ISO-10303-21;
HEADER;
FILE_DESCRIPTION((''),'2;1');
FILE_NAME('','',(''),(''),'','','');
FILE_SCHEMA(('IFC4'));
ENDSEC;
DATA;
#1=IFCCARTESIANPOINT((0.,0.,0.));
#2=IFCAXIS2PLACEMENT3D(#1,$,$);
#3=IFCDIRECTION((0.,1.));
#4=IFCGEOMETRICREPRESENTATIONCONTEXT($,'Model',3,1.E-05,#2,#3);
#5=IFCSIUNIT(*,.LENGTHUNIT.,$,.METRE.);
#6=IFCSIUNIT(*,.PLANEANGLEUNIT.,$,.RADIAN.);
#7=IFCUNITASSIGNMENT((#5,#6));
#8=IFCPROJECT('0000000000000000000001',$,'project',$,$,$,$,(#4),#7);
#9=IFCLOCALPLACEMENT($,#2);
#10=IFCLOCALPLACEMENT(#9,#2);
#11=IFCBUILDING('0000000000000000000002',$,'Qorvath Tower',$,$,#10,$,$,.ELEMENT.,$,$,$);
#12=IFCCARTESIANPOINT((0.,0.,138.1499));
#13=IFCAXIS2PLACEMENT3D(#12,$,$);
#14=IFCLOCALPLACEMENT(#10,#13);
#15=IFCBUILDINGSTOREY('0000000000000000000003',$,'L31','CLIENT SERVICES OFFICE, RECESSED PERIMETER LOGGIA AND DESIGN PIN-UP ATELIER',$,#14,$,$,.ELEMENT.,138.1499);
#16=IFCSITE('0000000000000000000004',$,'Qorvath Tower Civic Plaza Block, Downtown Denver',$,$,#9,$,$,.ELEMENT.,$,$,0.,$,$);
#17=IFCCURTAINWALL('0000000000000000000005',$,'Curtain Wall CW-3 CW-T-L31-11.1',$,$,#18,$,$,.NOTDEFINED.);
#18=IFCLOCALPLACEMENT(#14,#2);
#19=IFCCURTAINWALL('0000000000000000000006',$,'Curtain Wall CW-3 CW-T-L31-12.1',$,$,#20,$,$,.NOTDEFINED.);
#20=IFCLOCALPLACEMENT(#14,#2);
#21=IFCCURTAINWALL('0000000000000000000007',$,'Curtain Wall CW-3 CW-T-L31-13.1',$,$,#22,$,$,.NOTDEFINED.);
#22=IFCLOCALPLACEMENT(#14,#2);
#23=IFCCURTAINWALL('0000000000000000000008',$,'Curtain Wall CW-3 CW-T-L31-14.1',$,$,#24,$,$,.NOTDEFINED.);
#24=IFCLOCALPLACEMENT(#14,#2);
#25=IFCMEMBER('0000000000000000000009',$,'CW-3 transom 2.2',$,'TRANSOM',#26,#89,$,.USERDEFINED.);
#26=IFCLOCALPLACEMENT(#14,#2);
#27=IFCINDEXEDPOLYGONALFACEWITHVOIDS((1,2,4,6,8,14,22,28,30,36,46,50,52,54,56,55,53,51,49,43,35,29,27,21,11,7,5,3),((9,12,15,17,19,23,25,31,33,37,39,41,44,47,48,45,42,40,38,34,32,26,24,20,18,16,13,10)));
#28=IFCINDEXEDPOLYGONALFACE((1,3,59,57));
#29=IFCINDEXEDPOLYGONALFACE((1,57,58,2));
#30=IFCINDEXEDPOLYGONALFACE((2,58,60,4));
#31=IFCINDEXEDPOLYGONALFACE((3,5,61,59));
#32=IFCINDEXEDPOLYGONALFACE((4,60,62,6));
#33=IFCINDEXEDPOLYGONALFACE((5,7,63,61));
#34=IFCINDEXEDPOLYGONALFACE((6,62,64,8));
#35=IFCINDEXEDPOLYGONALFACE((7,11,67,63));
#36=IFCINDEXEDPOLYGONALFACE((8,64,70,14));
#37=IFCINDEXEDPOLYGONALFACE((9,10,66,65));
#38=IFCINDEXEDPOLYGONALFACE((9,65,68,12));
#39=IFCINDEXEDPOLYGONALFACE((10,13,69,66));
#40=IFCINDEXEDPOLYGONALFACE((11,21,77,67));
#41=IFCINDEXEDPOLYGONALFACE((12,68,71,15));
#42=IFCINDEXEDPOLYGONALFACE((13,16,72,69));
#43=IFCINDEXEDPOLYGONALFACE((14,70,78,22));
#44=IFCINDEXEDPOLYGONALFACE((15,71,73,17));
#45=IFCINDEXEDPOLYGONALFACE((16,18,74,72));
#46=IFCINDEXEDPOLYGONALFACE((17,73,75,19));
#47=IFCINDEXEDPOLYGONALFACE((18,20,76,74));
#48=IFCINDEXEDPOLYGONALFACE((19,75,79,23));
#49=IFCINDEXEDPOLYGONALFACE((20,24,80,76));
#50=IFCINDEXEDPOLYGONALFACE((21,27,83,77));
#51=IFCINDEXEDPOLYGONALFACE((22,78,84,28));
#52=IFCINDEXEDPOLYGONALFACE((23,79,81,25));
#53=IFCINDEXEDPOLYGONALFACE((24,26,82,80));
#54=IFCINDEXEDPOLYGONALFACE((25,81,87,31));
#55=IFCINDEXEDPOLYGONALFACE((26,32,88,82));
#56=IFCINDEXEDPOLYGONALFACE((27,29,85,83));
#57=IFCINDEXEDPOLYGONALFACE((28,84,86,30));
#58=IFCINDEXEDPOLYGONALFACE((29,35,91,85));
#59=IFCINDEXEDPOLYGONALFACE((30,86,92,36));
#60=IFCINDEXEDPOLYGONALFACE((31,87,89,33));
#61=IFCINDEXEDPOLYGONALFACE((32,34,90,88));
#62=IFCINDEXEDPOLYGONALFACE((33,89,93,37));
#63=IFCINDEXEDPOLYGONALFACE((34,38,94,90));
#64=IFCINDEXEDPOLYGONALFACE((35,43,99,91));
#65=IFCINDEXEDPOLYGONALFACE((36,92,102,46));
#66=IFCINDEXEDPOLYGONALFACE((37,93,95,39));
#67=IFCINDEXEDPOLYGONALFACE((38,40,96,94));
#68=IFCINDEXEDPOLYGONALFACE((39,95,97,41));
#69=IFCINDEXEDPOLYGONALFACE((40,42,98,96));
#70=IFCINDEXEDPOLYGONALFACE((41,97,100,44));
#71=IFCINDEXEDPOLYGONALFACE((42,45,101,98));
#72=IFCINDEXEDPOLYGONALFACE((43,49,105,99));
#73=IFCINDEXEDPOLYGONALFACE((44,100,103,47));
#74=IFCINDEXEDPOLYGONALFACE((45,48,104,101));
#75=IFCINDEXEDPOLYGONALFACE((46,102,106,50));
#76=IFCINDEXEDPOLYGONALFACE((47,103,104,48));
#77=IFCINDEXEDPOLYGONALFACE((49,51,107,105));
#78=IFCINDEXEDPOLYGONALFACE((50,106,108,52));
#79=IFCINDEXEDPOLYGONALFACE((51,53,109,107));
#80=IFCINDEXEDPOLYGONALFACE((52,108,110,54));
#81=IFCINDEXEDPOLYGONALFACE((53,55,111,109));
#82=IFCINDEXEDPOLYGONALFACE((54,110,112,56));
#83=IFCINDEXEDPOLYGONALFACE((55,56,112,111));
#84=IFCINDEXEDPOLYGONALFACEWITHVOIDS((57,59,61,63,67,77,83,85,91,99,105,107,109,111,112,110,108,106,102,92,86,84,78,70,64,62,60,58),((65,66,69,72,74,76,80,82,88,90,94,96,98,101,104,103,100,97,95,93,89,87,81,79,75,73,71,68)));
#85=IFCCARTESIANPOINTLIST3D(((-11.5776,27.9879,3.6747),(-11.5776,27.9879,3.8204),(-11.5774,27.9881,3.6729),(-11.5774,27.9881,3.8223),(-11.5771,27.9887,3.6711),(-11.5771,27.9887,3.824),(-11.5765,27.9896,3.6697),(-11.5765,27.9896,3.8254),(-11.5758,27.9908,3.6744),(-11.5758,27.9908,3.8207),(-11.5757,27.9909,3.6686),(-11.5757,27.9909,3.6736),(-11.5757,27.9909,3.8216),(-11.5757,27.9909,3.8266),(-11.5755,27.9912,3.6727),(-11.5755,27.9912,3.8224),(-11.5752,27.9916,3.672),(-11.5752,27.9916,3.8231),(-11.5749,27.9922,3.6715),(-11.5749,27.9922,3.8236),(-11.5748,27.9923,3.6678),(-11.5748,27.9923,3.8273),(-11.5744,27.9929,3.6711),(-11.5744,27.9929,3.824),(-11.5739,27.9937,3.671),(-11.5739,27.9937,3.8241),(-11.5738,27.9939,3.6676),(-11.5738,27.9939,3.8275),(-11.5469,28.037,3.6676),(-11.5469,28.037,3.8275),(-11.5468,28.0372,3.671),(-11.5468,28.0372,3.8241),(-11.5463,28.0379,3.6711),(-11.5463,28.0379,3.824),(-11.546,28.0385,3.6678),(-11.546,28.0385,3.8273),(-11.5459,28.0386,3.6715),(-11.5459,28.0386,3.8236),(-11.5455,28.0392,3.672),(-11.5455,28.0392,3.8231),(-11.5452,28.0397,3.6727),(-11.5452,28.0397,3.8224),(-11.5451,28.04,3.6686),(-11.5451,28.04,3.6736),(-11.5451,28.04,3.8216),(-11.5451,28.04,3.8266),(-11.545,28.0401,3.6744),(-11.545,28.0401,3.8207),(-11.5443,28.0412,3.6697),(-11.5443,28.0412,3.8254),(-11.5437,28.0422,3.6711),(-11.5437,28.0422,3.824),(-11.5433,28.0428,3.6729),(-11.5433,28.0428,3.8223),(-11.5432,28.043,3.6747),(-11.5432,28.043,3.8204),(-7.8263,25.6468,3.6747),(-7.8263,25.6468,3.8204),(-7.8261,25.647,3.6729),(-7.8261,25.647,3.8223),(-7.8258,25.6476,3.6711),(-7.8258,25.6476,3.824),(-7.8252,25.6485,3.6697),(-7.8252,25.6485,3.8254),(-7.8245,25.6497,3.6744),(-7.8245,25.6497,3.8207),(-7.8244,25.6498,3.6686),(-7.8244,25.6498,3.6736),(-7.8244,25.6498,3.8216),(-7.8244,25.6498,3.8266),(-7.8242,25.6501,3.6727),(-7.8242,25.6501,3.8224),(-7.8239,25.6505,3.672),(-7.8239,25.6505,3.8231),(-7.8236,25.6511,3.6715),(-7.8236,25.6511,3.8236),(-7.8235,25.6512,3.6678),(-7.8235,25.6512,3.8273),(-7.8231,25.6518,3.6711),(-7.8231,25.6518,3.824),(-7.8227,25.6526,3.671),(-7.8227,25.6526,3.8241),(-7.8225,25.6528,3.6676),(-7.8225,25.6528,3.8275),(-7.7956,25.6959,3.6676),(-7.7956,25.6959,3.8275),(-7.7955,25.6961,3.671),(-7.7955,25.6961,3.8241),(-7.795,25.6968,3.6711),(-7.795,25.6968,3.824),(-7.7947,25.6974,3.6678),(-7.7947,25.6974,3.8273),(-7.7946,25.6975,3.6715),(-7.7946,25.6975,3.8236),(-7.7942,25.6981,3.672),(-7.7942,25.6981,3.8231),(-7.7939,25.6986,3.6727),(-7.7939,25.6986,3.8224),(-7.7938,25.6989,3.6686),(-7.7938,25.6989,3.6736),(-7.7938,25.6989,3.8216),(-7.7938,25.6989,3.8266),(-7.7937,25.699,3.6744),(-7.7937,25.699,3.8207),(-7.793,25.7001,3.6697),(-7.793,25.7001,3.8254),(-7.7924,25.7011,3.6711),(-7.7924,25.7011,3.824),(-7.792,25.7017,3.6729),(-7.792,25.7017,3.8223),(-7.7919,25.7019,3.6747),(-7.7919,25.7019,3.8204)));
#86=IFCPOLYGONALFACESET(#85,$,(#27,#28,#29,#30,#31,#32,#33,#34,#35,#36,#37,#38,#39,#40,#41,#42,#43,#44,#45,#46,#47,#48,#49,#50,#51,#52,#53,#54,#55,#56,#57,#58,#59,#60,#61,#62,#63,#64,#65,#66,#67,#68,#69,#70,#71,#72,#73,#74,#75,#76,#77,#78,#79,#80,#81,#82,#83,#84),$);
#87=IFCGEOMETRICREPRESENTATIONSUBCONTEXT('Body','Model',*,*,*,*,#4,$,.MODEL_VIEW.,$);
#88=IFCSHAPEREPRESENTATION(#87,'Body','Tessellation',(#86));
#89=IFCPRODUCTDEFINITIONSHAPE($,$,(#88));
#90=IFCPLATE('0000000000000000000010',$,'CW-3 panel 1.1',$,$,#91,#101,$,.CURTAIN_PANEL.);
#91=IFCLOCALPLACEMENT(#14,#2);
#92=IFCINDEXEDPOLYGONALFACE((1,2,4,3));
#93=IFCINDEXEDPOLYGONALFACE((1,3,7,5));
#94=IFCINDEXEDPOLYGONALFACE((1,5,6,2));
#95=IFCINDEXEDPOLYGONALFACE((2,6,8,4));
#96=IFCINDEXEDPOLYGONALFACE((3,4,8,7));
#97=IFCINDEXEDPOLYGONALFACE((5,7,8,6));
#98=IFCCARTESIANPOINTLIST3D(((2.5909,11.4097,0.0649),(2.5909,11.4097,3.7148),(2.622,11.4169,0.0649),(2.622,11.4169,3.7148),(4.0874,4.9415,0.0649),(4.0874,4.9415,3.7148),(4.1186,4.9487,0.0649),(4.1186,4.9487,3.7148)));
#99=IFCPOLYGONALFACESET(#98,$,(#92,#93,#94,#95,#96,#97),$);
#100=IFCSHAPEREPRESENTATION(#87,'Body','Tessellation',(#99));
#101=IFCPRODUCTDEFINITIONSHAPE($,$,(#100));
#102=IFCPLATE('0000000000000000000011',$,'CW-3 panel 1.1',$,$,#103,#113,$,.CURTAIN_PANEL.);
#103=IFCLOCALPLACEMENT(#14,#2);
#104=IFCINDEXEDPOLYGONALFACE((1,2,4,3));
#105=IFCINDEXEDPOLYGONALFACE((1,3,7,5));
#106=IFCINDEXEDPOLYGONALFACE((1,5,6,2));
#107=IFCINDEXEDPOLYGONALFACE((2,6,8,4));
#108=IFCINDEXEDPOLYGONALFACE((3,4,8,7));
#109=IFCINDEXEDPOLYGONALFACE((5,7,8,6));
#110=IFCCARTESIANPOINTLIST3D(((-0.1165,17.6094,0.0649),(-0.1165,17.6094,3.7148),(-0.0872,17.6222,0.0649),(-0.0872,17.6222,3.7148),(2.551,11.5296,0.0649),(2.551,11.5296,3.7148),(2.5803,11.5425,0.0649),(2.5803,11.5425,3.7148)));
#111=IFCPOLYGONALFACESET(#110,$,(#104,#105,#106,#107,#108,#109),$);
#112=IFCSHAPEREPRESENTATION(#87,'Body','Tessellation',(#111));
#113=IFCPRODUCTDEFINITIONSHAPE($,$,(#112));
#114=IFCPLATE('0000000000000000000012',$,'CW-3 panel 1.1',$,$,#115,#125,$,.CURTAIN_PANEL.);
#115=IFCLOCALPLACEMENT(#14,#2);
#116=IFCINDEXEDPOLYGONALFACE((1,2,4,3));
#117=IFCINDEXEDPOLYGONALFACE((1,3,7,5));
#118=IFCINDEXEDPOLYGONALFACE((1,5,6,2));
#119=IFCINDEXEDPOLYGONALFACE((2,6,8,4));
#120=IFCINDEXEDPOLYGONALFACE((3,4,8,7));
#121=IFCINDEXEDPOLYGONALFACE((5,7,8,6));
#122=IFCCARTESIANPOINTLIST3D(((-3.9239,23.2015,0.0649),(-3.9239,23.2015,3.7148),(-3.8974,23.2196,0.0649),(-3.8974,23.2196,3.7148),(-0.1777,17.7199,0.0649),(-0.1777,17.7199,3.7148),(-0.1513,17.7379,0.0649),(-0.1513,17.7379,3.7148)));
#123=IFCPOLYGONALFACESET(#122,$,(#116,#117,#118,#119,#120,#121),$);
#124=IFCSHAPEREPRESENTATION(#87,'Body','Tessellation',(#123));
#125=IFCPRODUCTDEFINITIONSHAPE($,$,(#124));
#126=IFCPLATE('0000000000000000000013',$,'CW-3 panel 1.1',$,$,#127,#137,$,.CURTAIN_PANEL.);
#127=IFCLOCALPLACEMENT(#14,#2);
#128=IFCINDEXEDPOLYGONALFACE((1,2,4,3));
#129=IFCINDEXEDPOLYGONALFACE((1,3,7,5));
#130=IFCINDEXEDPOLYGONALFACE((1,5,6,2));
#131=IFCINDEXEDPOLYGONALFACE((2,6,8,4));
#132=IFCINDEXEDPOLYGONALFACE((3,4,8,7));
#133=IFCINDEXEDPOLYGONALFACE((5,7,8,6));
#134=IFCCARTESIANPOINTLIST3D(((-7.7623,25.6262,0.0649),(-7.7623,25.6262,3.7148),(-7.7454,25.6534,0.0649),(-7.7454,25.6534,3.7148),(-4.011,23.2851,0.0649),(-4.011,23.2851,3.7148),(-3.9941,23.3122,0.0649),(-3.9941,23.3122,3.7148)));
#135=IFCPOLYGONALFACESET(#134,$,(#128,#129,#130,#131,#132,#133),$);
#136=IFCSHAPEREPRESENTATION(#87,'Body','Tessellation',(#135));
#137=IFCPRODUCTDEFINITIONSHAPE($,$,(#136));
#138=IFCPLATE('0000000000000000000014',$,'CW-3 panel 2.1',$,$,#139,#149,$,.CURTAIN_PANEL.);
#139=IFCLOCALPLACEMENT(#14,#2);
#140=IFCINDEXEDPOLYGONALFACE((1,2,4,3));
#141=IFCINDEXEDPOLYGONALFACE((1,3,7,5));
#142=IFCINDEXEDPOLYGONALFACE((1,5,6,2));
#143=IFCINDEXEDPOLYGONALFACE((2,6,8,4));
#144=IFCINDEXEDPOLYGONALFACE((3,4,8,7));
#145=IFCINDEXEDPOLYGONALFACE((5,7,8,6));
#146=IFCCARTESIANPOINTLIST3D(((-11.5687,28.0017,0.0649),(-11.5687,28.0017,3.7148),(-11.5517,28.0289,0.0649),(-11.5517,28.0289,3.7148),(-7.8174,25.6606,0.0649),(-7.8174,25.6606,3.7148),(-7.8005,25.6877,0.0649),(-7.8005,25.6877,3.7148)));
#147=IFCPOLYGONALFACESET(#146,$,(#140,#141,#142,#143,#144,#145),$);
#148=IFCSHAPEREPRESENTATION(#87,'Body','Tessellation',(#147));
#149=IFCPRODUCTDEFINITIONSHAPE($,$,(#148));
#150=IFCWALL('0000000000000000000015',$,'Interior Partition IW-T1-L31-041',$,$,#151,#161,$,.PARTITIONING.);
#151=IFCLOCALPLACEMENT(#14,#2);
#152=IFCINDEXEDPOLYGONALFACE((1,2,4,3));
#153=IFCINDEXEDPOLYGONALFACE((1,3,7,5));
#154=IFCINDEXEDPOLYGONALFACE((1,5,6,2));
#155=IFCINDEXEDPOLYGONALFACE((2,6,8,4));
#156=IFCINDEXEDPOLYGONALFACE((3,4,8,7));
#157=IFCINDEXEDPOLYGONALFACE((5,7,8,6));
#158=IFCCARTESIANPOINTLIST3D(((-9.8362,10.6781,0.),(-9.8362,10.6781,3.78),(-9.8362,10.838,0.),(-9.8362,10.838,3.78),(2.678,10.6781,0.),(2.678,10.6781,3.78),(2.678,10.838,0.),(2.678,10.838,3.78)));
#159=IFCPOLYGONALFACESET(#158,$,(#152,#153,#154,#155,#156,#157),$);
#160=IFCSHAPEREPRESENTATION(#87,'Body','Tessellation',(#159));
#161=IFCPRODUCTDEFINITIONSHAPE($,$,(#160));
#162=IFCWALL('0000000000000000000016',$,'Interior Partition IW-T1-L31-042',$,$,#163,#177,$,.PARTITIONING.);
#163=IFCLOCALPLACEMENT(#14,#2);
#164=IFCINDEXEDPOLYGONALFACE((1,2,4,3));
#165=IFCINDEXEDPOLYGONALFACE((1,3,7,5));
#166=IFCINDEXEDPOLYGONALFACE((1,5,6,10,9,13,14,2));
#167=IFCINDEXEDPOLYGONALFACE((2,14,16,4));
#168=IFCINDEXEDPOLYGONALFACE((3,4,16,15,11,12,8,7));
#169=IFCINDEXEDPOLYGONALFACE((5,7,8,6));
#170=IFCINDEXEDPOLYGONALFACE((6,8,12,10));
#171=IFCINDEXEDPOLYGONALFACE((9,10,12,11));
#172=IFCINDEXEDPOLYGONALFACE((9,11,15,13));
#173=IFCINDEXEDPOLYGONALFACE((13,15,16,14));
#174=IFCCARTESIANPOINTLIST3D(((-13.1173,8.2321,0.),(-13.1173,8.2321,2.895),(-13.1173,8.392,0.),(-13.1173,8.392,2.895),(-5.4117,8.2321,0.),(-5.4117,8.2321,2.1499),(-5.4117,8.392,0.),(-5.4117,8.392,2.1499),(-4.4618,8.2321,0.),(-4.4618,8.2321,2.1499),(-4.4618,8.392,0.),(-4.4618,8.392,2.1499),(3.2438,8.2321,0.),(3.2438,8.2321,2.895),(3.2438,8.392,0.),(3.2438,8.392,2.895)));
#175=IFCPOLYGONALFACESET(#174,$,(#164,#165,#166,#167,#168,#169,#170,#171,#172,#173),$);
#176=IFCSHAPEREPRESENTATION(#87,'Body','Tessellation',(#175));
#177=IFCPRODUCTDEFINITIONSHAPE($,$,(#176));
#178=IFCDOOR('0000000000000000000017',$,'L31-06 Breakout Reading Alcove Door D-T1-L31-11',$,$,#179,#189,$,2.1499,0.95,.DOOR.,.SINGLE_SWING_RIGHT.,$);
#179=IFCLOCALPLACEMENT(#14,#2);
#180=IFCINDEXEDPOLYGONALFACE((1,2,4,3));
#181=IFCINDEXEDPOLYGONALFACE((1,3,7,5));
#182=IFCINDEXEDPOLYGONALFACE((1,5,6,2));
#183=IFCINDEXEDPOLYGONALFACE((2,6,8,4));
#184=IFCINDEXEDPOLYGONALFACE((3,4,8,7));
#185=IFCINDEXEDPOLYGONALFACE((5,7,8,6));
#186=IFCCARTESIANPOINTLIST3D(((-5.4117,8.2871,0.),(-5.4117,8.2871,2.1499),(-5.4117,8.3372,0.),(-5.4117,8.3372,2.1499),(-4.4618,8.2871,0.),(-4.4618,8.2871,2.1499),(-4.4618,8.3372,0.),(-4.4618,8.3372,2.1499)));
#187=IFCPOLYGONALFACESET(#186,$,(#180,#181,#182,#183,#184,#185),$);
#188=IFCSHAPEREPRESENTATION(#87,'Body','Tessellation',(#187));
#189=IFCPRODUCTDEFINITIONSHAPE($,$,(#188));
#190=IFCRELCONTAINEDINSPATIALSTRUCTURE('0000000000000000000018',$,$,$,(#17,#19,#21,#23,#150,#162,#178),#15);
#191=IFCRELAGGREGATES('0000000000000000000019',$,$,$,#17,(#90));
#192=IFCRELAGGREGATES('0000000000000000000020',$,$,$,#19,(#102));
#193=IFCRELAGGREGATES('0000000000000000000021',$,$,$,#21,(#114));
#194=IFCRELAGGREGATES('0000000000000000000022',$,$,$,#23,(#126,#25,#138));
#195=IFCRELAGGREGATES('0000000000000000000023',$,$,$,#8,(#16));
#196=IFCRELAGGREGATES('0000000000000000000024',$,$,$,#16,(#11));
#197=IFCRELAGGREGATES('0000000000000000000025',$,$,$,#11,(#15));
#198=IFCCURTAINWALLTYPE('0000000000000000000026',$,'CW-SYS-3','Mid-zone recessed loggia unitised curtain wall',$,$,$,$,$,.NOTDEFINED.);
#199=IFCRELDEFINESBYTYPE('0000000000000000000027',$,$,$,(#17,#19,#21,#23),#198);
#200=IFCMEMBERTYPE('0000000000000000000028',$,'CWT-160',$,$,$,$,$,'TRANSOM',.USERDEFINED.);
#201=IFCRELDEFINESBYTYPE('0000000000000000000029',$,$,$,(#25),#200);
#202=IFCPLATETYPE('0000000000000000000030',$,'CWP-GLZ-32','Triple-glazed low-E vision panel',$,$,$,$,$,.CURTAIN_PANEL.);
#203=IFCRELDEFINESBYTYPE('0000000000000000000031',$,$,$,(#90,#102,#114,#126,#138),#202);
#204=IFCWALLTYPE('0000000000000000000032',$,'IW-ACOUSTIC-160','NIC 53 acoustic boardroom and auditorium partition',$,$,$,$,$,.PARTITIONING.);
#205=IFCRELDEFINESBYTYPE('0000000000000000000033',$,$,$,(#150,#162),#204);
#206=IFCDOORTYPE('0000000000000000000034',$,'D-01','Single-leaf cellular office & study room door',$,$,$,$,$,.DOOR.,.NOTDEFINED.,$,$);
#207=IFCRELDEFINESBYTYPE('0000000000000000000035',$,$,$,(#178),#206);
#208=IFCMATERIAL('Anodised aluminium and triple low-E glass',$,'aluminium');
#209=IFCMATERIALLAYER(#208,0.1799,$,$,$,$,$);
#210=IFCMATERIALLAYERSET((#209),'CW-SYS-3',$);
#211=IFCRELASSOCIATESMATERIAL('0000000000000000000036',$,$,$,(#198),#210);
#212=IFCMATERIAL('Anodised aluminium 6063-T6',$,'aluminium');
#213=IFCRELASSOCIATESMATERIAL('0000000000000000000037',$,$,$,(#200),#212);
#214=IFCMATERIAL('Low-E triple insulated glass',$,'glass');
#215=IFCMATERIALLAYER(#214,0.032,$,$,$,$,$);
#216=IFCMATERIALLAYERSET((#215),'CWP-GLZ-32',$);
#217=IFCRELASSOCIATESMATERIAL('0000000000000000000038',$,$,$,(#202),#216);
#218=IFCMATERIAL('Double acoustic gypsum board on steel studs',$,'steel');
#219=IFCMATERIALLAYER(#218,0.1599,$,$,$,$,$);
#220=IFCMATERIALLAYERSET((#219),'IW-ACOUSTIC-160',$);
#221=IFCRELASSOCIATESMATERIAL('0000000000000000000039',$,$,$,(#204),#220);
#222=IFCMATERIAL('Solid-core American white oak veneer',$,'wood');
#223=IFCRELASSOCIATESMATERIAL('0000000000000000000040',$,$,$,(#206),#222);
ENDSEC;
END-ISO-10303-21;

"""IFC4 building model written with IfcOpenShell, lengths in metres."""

from ifc_helpers import new_model, si_unit, direction, frame, frame_2d, origin, origin_2d, place, context, subcontext, project, spatial, rectangle, hollow_rectangle, extrude, material, layer, layer_set, material_profile, profile_set, type_object, element, fill, aggregate, save


model = new_model("IFC4")

# Units and contexts
model_context = context("Model", 3, precision=1e-05, world=origin(), true_north=direction((0.0, 1.0)))
body_context = subcontext(model_context, "Body", "Model", "MODEL_VIEW")
ifc_project = project(units=[si_unit("LENGTHUNIT", "METRE"), si_unit("PLANEANGLEUNIT", "RADIAN")], contexts=[model_context])

# Site, building, storey
site_placement = place(None, origin())
site = spatial("IfcSite", under=ifc_project, at=site_placement, Name="Qorvath Tower Civic Plaza Block, Downtown Denver", CompositionType="ELEMENT", RefElevation=0.0)
building_placement = place(site_placement, origin())
building = spatial("IfcBuilding", under=site, at=building_placement, Name="Qorvath Tower", CompositionType="ELEMENT")
storey_placement = place(building_placement, frame((0.0, 0.0, 138.1499)))
storey = spatial("IfcBuildingStorey", under=building, at=storey_placement, Name="L31", Description="CLIENT SERVICES OFFICE, RECESSED PERIMETER LOGGIA AND DESIGN PIN-UP ATELIER", CompositionType="ELEMENT", Elevation=138.1499)

# Curtain wall
ifc_material_1 = material(Name="Anodised aluminium and triple low-E glass", Category="aluminium")
ifc_layer_1 = layer(ifc_material_1, 0.1799)
ifc_layer_set_1 = layer_set([ifc_layer_1], Name="CW-SYS-3")
curtain_wall_type = type_object("IfcCurtainWallType", Name="CW-SYS-3", Description="Mid-zone recessed loggia unitised curtain wall", PredefinedType="NOTDEFINED", material=ifc_layer_set_1)
curtain_wall_1_placement = place(storey_placement, origin())
curtain_wall_1 = element("IfcCurtainWall", 1, at=curtain_wall_1_placement, inside=storey, type_object=curtain_wall_type, Name="Curtain Wall CW-3 CW-T-L31-11.1", PredefinedType="NOTDEFINED")

# Curtain walls
curtain_wall_2_placement = place(storey_placement, origin())
curtain_wall_2 = element("IfcCurtainWall", 2, at=curtain_wall_2_placement, inside=storey, type_object=curtain_wall_type, Name="Curtain Wall CW-3 CW-T-L31-12.1", PredefinedType="NOTDEFINED")
curtain_wall_3_placement = place(storey_placement, origin())
curtain_wall_3 = element("IfcCurtainWall", 3, at=curtain_wall_3_placement, inside=storey, type_object=curtain_wall_type, Name="Curtain Wall CW-3 CW-T-L31-13.1", PredefinedType="NOTDEFINED")
curtain_wall_4_placement = place(storey_placement, origin())
curtain_wall_4 = element("IfcCurtainWall", 4, at=curtain_wall_4_placement, inside=storey, type_object=curtain_wall_type, Name="Curtain Wall CW-3 CW-T-L31-14.1", PredefinedType="NOTDEFINED")

# Member
ifc_material_2 = material(Name="Anodised aluminium 6063-T6", Category="aluminium")
ifc_material_profile_1 = material_profile(ifc_material_2, hollow_rectangle(XDim=0.0649, YDim=0.1599, WallThickness=0.0034, InnerFilletRadius=0.0034, OuterFilletRadius=0.0071, at=origin_2d()), Name="CWT 160x65")
ifc_profile_set_1 = profile_set([ifc_material_profile_1], Name="Anodised aluminium 6063-T6")
member_type_1 = type_object("IfcMemberType", Name="CWT-160", ElementType="TRANSOM", PredefinedType="USERDEFINED", material=ifc_profile_set_1)
member_1_placement = place(storey_placement, frame((-7.8091, 25.6743, 3.7476), z_axis=(-0.848349, 0.529438, 0.0), x_axis=(-0.529438, -0.848349, 0.0)))
member_1 = element("IfcMember", 5, at=member_1_placement, type_object=member_type_1, Name="CW-3 transom 2.2", ObjectType="TRANSOM", PredefinedType="USERDEFINED", context=body_context, shape_type="SweptSolid", body=[
    extrude(hollow_rectangle(XDim=0.0649, YDim=0.1599, WallThickness=0.0034, InnerFilletRadius=0.0034, OuterFilletRadius=0.0071, at=origin_2d()), origin(), (0.0, 0.0, 1.0), 4.4219),
])

# Plates
ifc_material_3 = material(Name="Low-E triple insulated glass", Category="glass")
ifc_layer_2 = layer(ifc_material_3, 0.032)
ifc_layer_set_2 = layer_set([ifc_layer_2], Name="CWP-GLZ-32")
plate_type = type_object("IfcPlateType", Name="CWP-GLZ-32", Description="Triple-glazed low-E vision panel", PredefinedType="CURTAIN_PANEL", material=ifc_layer_set_2)
plate_1_placement = place(storey_placement, frame((3.3547, 8.1792, 0.0649), z_axis=(0.0, 0.0, 1.0), x_axis=(-0.225417, 0.974262, 0.0)))
plate_1 = element("IfcPlate", 6, at=plate_1_placement, type_object=plate_type, Name="CW-3 panel 1.1", PredefinedType="CURTAIN_PANEL", context=body_context, shape_type="SweptSolid", body=[
    extrude(rectangle(XDim=6.6392, YDim=0.032, at=origin_2d()), origin(), (0.0, 0.0, 1.0), 3.6499),
])
aggregate(curtain_wall_1, [plate_1])
plate_2_placement = place(storey_placement, frame((1.2319, 14.5759, 0.0649), z_axis=(0.0, 0.0, 1.0), x_axis=(-0.401782, 0.915735, 0.0)))
plate_2 = element("IfcPlate", 7, at=plate_2_placement, type_object=plate_type, Name="CW-3 panel 1.1", PredefinedType="CURTAIN_PANEL", context=body_context, shape_type="SweptSolid", body=[
    extrude(rectangle(XDim=6.6392, YDim=0.032, at=origin_2d()), origin(), (0.0, 0.0, 1.0), 3.6499),
])
aggregate(curtain_wall_2, [plate_2])
plate_3_placement = place(storey_placement, frame((-2.0376, 20.4697, 0.0649), z_axis=(0.0, 0.0, 1.0), x_axis=(-0.564223, 0.825623, 0.0)))
plate_3 = element("IfcPlate", 8, at=plate_3_placement, type_object=plate_type, Name="CW-3 panel 1.1", PredefinedType="CURTAIN_PANEL", context=body_context, shape_type="SweptSolid", body=[
    extrude(rectangle(XDim=6.6394, YDim=0.032, at=origin_2d()), origin(), (0.0, 0.0, 1.0), 3.6499),
])
aggregate(curtain_wall_3, [plate_3])
plate_4_placement = place(storey_placement, frame((-5.8782, 24.4692, 0.0649), z_axis=(0.0, 0.0, 1.0), x_axis=(-0.848347, 0.52944, 0.0)))
plate_4 = element("IfcPlate", 9, at=plate_4_placement, type_object=plate_type, Name="CW-3 panel 1.1", PredefinedType="CURTAIN_PANEL", context=body_context, shape_type="SweptSolid", body=[
    extrude(rectangle(XDim=4.4219, YDim=0.032, at=origin_2d()), origin(), (0.0, 0.0, 1.0), 3.6499),
])
plate_5_placement = place(storey_placement, frame((-9.6846, 26.8447, 0.0649), z_axis=(0.0, 0.0, 1.0), x_axis=(-0.848347, 0.52944, 0.0)))
plate_5 = element("IfcPlate", 10, at=plate_5_placement, type_object=plate_type, Name="CW-3 panel 2.1", PredefinedType="CURTAIN_PANEL", context=body_context, shape_type="SweptSolid", body=[
    extrude(rectangle(XDim=4.4219, YDim=0.032, at=origin_2d()), origin(), (0.0, 0.0, 1.0), 3.6499),
])
aggregate(curtain_wall_4, [plate_4, member_1, plate_5])

# Wall
ifc_material_4 = material(Name="Double acoustic gypsum board on steel studs", Category="steel")
ifc_layer_3 = layer(ifc_material_4, 0.1599)
ifc_layer_set_3 = layer_set([ifc_layer_3], Name="IW-ACOUSTIC-160")
wall_type = type_object("IfcWallType", Name="IW-ACOUSTIC-160", Description="NIC 53 acoustic boardroom and auditorium partition", PredefinedType="PARTITIONING", material=ifc_layer_set_3)
wall_1_placement = place(storey_placement, frame((2.678, 10.7581, 0.0), z_axis=(0.0, 0.0, 1.0), x_axis=(-1.0, 0.0, 0.0)))
element("IfcWall", 11, at=wall_1_placement, inside=storey, type_object=wall_type, Name="Interior Partition IW-T1-L31-041", PredefinedType="PARTITIONING", context=body_context, shape_type="SweptSolid", body=[
    extrude(rectangle(XDim=12.5142, YDim=0.1599, at=frame_2d((6.2571, 0.0))), origin(), (0.0, 0.0, 1.0), 3.78),
])

# Wall, opening, door
wall_2_placement = place(storey_placement, frame((3.2439, 8.312, 0.0), z_axis=(0.0, 0.0, 1.0), x_axis=(-1.0, 0.0, 0.0)))
wall_2 = element("IfcWall", 12, at=wall_2_placement, inside=storey, type_object=wall_type, Name="Interior Partition IW-T1-L31-042", PredefinedType="PARTITIONING", context=body_context, shape_type="SweptSolid", body=[
    extrude(rectangle(XDim=16.3611, YDim=0.1599, at=frame_2d((8.1807, 0.0))), origin(), (0.0, 0.0, 1.0), 2.895),
])
opening_placement = place(wall_2_placement, frame((7.7056, 0.0, 0.0)))
opening = element("IfcOpeningElement", 13, at=opening_placement, cuts=wall_2, PredefinedType="OPENING", context=body_context, shape_type="SweptSolid", body=[
    extrude(rectangle(XDim=0.95, YDim=2.1499, at=frame_2d((0.4751, 1.075))), frame((0.0, 0.0898, 0.0), z_axis=(0.0, -1.0, 0.0), x_axis=(1.0, 0.0, 0.0)), (0.0, 0.0, 1.0), 0.1799),
])
ifc_material_5 = material(Name="Solid-core American white oak veneer", Category="wood")
door_type = type_object("IfcDoorType", Name="D-01", Description="Single-leaf cellular office & study room door", OperationType="NOTDEFINED", PredefinedType="DOOR", material=ifc_material_5)
door_placement = place(opening_placement, origin())
door = element("IfcDoor", 14, at=door_placement, inside=storey, type_object=door_type, Name="L31-06 Breakout Reading Alcove Door D-T1-L31-11", OperationType="SINGLE_SWING_RIGHT", OverallHeight=2.1499, OverallWidth=0.95, PredefinedType="DOOR", context=body_context, shape_type="SweptSolid", body=[
    extrude(rectangle(XDim=0.95, YDim=2.1499, at=frame_2d((0.4751, 1.075))), frame((0.0, 0.0249, 0.0), z_axis=(0.0, -1.0, 0.0), x_axis=(1.0, 0.0, 0.0)), (0.0, 0.0, 1.0), 0.05),
])
fill(opening, door)

save(model, "model.ifc")
